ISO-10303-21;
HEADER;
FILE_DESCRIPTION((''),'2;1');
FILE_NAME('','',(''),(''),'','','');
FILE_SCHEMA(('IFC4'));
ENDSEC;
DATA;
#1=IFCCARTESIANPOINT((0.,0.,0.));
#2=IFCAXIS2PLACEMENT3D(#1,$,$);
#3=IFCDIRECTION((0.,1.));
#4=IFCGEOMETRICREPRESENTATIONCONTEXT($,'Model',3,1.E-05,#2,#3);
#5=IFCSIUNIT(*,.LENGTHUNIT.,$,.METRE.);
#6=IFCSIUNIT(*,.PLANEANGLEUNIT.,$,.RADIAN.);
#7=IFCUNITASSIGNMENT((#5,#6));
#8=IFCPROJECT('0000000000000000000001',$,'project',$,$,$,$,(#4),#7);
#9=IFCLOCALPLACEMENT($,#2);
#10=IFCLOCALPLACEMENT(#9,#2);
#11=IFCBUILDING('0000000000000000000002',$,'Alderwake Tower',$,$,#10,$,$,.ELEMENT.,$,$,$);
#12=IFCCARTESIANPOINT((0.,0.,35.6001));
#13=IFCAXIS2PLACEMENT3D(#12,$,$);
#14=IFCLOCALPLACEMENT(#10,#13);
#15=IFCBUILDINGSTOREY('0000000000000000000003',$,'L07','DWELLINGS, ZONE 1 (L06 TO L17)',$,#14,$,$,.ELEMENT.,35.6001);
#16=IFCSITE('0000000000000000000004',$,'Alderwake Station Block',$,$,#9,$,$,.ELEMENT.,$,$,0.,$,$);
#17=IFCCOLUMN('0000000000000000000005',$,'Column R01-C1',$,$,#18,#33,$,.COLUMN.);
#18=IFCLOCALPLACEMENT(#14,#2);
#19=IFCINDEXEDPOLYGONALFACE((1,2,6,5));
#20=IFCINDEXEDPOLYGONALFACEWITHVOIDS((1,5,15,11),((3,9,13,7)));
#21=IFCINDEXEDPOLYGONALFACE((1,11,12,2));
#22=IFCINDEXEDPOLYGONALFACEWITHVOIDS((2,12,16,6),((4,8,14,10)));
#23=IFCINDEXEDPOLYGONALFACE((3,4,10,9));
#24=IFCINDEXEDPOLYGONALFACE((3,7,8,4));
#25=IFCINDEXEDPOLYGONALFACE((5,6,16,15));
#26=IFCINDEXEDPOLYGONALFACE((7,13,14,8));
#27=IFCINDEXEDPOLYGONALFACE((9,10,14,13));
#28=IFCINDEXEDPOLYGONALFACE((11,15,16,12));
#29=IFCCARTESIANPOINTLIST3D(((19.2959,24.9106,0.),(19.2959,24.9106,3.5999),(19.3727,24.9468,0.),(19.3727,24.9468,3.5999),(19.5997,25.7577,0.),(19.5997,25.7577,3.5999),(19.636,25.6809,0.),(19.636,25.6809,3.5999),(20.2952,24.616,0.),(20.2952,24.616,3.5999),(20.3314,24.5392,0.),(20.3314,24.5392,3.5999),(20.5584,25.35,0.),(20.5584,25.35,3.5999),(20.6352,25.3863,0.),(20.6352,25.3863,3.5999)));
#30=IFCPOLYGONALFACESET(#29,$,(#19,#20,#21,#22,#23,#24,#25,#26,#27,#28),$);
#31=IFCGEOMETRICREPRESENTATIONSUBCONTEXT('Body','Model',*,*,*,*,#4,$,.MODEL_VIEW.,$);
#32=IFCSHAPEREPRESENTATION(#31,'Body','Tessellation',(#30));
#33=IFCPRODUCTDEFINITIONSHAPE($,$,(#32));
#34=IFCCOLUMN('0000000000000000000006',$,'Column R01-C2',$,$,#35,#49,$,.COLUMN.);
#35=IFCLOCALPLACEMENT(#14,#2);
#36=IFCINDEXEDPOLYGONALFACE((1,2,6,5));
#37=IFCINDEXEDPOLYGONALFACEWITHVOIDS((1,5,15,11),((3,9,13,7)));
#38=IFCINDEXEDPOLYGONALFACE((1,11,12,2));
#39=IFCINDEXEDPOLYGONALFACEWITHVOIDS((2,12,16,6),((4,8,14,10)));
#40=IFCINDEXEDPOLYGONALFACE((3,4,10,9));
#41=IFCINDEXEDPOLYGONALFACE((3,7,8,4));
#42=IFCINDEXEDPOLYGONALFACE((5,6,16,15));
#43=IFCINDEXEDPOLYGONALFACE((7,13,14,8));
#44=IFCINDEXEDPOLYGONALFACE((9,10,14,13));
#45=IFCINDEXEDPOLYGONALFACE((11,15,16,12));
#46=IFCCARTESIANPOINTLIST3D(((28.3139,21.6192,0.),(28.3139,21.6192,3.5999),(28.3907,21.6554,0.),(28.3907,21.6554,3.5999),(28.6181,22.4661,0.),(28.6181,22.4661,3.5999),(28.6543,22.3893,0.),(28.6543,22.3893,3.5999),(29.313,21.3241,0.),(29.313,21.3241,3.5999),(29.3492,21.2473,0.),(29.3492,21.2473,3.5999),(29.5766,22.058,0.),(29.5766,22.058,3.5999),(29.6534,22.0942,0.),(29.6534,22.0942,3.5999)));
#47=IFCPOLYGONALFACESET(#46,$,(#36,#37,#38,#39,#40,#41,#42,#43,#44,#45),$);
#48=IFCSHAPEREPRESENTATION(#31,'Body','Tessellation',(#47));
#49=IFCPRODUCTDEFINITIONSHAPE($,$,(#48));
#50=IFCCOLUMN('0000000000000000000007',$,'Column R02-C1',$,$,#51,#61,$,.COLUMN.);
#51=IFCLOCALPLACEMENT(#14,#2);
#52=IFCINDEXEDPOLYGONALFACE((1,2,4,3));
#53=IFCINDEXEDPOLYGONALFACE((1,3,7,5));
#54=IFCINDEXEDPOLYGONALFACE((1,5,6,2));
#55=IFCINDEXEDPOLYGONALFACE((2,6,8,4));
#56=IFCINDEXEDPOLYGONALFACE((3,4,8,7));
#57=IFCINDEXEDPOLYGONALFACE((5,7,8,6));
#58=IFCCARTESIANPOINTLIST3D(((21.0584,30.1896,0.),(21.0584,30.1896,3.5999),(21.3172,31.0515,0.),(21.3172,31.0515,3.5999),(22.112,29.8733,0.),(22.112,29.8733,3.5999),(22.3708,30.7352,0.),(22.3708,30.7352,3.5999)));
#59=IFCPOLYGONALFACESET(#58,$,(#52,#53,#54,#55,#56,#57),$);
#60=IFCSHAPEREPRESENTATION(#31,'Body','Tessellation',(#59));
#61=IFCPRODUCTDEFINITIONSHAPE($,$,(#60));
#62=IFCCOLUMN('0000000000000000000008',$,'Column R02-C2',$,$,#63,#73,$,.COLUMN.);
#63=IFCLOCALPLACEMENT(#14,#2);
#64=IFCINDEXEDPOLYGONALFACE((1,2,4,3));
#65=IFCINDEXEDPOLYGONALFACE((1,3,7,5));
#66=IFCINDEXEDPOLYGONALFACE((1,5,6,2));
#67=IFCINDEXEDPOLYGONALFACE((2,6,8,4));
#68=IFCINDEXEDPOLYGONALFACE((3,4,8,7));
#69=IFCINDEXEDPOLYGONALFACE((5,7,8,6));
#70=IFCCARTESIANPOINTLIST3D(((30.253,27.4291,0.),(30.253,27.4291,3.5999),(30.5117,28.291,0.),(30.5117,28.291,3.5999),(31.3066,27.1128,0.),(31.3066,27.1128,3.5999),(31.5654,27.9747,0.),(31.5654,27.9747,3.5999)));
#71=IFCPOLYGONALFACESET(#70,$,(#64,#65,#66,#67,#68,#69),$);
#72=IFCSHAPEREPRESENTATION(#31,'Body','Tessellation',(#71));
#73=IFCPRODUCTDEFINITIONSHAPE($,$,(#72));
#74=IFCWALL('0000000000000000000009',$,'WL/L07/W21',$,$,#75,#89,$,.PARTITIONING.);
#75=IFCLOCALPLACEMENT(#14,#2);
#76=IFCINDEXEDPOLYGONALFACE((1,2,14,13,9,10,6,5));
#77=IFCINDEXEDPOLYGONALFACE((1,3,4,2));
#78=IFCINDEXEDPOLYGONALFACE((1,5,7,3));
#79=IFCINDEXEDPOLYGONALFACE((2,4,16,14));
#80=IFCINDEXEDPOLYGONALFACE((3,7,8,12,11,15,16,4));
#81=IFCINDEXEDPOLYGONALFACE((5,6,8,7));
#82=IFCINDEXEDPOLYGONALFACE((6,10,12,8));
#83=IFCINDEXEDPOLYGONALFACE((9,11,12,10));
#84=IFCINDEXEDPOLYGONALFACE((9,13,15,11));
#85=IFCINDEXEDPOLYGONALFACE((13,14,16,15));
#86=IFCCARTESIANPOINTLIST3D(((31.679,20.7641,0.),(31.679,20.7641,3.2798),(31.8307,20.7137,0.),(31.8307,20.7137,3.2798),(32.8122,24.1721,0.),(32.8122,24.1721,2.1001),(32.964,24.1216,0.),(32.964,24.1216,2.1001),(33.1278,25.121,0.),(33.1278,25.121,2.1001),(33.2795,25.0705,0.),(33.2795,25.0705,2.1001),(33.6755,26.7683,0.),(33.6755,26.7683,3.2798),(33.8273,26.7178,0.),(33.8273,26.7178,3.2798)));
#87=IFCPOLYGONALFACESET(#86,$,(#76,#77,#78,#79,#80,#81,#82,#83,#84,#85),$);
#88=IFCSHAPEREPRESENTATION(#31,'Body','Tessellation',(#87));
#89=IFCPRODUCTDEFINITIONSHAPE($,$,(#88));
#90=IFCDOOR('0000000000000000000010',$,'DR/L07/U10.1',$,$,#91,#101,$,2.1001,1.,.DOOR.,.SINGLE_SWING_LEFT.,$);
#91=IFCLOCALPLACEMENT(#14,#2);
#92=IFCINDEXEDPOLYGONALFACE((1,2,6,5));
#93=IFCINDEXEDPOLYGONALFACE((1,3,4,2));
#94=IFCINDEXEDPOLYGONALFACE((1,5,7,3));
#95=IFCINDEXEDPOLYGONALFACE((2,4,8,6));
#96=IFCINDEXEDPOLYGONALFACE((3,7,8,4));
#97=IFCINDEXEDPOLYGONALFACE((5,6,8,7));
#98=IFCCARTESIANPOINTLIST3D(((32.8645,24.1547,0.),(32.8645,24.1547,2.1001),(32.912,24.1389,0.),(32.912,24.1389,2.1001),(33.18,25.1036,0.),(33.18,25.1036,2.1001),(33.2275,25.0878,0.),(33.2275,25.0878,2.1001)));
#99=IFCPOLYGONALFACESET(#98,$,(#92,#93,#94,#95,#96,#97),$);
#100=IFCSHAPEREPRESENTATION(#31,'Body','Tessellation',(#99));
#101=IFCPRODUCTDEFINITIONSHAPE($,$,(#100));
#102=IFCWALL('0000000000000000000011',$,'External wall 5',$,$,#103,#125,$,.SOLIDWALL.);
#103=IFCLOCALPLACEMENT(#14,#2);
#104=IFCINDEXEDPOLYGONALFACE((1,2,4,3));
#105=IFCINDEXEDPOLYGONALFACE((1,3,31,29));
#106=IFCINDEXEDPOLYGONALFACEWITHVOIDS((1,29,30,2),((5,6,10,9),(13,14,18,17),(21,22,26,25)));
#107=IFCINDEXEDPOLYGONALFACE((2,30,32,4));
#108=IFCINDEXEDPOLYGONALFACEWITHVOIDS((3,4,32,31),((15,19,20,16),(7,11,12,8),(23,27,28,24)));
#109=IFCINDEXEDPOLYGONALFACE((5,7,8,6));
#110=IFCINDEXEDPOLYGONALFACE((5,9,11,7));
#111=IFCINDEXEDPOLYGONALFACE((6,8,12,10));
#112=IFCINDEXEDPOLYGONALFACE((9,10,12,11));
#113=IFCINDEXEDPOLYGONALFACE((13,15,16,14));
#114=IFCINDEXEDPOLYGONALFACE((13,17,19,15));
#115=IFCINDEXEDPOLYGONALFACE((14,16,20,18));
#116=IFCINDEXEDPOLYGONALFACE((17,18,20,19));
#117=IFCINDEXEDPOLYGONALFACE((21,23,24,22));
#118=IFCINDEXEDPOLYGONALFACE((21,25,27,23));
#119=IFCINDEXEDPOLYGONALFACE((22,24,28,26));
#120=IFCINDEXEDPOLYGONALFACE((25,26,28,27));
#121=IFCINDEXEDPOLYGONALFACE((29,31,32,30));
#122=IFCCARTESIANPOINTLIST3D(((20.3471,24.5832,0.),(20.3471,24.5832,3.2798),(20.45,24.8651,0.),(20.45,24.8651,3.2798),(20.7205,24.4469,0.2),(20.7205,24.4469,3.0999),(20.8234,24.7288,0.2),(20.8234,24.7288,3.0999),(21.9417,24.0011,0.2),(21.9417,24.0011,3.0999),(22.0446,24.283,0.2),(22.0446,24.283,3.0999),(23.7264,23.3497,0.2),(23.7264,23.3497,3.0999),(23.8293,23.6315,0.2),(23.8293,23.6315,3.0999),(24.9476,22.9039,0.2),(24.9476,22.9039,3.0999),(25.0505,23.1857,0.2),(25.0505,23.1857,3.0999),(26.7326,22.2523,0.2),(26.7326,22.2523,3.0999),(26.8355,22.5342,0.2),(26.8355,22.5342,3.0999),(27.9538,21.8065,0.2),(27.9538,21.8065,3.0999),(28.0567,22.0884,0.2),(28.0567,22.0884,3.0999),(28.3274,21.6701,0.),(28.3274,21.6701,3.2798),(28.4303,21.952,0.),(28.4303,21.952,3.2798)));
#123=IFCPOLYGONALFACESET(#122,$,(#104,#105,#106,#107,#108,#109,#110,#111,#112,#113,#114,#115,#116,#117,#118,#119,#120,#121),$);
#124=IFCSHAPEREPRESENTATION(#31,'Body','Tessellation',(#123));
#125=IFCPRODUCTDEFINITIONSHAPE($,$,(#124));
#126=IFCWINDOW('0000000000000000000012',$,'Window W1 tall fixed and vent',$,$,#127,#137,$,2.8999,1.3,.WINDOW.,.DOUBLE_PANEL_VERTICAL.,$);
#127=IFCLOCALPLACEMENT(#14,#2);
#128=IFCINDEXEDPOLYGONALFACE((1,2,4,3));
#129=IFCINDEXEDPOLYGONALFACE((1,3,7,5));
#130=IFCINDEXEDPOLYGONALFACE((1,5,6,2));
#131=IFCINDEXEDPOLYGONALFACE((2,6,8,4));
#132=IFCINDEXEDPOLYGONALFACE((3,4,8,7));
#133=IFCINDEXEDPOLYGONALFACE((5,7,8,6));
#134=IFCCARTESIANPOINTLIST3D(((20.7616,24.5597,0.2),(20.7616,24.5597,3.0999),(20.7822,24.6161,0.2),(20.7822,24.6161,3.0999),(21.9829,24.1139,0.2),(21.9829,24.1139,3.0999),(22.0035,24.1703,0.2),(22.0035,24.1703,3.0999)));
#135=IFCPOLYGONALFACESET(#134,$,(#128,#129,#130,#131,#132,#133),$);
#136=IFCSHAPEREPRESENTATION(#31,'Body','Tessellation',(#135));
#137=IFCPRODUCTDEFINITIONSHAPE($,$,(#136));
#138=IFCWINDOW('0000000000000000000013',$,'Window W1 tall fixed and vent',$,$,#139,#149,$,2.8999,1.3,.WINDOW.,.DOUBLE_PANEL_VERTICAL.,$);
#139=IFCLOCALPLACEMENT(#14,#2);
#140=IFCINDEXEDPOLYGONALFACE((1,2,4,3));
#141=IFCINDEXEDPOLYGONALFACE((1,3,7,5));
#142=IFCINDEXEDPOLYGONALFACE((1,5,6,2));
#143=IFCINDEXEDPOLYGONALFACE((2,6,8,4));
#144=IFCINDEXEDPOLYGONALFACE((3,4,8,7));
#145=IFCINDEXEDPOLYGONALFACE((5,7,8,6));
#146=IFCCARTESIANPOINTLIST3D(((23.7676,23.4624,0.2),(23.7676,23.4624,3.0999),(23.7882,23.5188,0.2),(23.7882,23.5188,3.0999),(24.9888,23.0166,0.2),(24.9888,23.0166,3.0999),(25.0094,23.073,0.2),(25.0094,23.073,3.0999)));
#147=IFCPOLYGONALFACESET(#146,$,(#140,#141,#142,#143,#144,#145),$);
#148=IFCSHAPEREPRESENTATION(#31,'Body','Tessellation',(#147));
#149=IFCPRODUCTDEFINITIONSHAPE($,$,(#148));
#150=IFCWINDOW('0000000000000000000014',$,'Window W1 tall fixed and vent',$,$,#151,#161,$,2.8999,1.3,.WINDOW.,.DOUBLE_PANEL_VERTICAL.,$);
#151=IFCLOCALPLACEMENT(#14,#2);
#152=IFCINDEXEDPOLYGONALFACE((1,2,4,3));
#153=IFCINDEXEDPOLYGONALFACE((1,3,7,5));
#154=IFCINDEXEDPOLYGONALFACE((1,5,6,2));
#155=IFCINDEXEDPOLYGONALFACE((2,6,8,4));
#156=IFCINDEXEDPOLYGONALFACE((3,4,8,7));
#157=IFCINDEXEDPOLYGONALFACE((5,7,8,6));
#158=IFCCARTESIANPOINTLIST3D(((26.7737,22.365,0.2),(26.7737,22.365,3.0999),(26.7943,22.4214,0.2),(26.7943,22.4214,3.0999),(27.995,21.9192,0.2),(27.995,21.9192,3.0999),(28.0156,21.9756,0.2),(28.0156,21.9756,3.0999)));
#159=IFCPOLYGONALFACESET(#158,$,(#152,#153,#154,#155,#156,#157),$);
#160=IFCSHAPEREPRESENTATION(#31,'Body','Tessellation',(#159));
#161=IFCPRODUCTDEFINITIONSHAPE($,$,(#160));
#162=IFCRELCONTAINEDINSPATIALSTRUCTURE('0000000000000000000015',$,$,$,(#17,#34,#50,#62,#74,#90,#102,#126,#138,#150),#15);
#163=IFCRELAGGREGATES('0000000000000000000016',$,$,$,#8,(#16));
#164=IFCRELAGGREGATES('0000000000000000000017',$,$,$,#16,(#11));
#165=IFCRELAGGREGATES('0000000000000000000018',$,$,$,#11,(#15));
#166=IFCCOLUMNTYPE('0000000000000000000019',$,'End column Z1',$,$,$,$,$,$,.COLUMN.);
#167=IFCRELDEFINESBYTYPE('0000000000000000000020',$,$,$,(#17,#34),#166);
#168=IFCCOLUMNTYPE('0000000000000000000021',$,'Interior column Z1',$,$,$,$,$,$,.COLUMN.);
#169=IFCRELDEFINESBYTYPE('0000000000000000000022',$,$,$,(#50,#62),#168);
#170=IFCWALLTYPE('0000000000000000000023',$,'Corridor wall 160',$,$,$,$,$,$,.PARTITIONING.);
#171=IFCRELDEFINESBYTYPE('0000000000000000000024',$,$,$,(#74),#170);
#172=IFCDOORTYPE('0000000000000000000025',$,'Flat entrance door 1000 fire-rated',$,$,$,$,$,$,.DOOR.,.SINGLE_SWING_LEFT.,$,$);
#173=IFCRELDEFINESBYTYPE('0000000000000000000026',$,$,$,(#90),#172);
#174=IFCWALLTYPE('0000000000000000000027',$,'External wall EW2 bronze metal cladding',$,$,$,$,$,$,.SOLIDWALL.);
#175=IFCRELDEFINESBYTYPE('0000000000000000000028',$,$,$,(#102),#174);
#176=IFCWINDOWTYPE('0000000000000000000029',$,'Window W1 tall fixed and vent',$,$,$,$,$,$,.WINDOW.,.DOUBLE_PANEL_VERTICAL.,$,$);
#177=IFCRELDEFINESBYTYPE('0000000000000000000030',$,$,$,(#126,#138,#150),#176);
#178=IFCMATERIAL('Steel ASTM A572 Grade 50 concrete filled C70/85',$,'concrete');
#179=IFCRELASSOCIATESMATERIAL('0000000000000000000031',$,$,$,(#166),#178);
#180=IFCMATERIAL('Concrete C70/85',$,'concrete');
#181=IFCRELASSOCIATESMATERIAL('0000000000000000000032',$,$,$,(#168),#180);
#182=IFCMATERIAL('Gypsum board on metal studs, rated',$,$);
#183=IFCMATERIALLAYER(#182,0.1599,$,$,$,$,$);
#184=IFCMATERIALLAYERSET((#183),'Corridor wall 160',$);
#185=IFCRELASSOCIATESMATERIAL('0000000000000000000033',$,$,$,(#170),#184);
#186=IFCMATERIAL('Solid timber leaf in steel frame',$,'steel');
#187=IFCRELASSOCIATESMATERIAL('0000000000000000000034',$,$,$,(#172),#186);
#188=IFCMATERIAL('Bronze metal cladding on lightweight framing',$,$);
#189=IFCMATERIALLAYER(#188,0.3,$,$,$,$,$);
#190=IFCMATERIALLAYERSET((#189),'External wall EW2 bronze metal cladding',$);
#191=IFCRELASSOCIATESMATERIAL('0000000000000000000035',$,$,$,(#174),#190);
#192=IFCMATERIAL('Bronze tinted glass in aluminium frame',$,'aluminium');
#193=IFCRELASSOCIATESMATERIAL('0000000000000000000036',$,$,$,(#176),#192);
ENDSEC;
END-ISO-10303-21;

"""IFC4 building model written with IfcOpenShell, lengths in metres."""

from ifc_helpers import new_model, si_unit, direction, frame, frame_2d, origin, origin_2d, place, context, subcontext, project, spatial, rectangle, hollow_rectangle, extrude, material, layer, layer_set, material_profile, profile_set, type_object, element, fill, save


model = new_model("IFC4")

# Units and contexts
model_context = context("Model", 3, precision=1e-05, world=origin(), true_north=direction((0.0, 1.0)))
body_context = subcontext(model_context, "Body", "Model", "MODEL_VIEW")
ifc_project = project(units=[si_unit("LENGTHUNIT", "METRE"), si_unit("PLANEANGLEUNIT", "RADIAN")], contexts=[model_context])

# Site, building, storey
site_placement = place(None, origin())
site = spatial("IfcSite", under=ifc_project, at=site_placement, Name="Alderwake Station Block", CompositionType="ELEMENT", RefElevation=0.0)
building_placement = place(site_placement, origin())
building = spatial("IfcBuilding", under=site, at=building_placement, Name="Alderwake Tower", CompositionType="ELEMENT")
storey_placement = place(building_placement, frame((0.0, 0.0, 35.6001)))
storey = spatial("IfcBuildingStorey", under=building, at=storey_placement, Name="L07", Description="DWELLINGS, ZONE 1 (L06 TO L17)", CompositionType="ELEMENT", Elevation=35.6001)

# Columns
ifc_material_1 = material(Name="Steel ASTM A572 Grade 50 concrete filled C70/85", Category="concrete")
ifc_material_profile_1 = material_profile(ifc_material_1, hollow_rectangle(XDim=0.8999, YDim=1.1001, WallThickness=0.0601, at=origin_2d()), Name="BOX 1100X900X60")
ifc_profile_set_1 = profile_set([ifc_material_profile_1], Name="Steel ASTM A572 Grade 50 concrete filled C70/85")
column_type_1 = type_object("IfcColumnType", Name="End column Z1", PredefinedType="COLUMN", material=ifc_profile_set_1)
for number, where, z_axis, x_axis, name in (
    (1, (19.9656, 25.1484, 0.0), (0.0, 0.0, 1.0), (0.337585, 0.941295, 0.0), "Column R01-C1"),
    (2, (28.9836, 21.8567, 0.0), (0.0, 0.0, 1.0), (0.338027, 0.941136, 0.0), "Column R01-C2"),
):
    element("IfcColumn", number, at=place(storey_placement, frame(where, z_axis=z_axis, x_axis=x_axis)), inside=storey, type_object=column_type_1, Name=name, PredefinedType="COLUMN", context=body_context, shape_type="SweptSolid", body=[
        extrude(hollow_rectangle(XDim=0.8999, YDim=1.1001, WallThickness=0.0601, at=origin_2d()), origin(), (0.0, 0.0, 1.0), 3.5999),
    ])
ifc_material_2 = material(Name="Concrete C70/85", Category="concrete")
ifc_material_profile_2 = material_profile(ifc_material_2, rectangle(XDim=0.8999, YDim=1.1001, at=origin_2d()), Name="RC 1100X900")
ifc_profile_set_2 = profile_set([ifc_material_profile_2], Name="Concrete C70/85")
column_type_2 = type_object("IfcColumnType", Name="Interior column Z1", PredefinedType="COLUMN", material=ifc_profile_set_2)
for number, where, z_axis, x_axis, name in (
    (3, (21.7146, 30.4624, 0.0), (0.0, 0.0, 1.0), (0.287549, 0.957766, 0.0), "Column R02-C1"),
    (4, (30.9092, 27.7019, 0.0), (0.0, 0.0, 1.0), (0.287549, 0.957766, 0.0), "Column R02-C2"),
):
    element("IfcColumn", number, at=place(storey_placement, frame(where, z_axis=z_axis, x_axis=x_axis)), inside=storey, type_object=column_type_2, Name=name, PredefinedType="COLUMN", context=body_context, shape_type="SweptSolid", body=[
        extrude(rectangle(XDim=0.8999, YDim=1.1001, at=origin_2d()), origin(), (0.0, 0.0, 1.0), 3.5999),
    ])

# Wall, opening, door
ifc_material_3 = material(Name="Gypsum board on metal studs, rated")
ifc_layer_1 = layer(ifc_material_3, 0.1599)
ifc_layer_set_1 = layer_set([ifc_layer_1], Name="Corridor wall 160")
wall_type_1 = type_object("IfcWallType", Name="Corridor wall 160", PredefinedType="PARTITIONING", material=ifc_layer_set_1)
wall_1_placement = place(storey_placement, frame((31.7549, 20.739, 0.0), z_axis=(0.0, 0.0, 1.0), x_axis=(0.315545, 0.948911, 0.0)))
wall_1 = element("IfcWall", 5, at=wall_1_placement, inside=storey, type_object=wall_type_1, Name="WL/L07/W21", PredefinedType="PARTITIONING", context=body_context, shape_type="SweptSolid", body=[
    extrude(rectangle(XDim=6.3274, YDim=0.1599, at=frame_2d((3.1636, 0.0))), origin(), (0.0, 0.0, 1.0), 3.2798),
])
opening_1_placement = place(wall_1_placement, frame((3.5913, 0.0, 0.0)))
opening_1 = element("IfcOpeningElement", 6, at=opening_1_placement, cuts=wall_1, PredefinedType="OPENING", context=body_context, shape_type="SweptSolid", body=[
    extrude(rectangle(XDim=1.0, YDim=2.1001, at=frame_2d((0.5, 1.05))), frame((0.0, 0.0898, 0.0), z_axis=(0.0, -1.0, 0.0), x_axis=(1.0, 0.0, 0.0)), (0.0, 0.0, 1.0), 0.1799),
])
ifc_material_4 = material(Name="Solid timber leaf in steel frame", Category="steel")
door_type_1 = type_object("IfcDoorType", Name="Flat entrance door 1000 fire-rated", OperationType="SINGLE_SWING_LEFT", PredefinedType="DOOR", material=ifc_material_4)
door_1_placement = place(opening_1_placement, origin())
door_1 = element("IfcDoor", 7, at=door_1_placement, inside=storey, type_object=door_type_1, Name="DR/L07/U10.1", OperationType="SINGLE_SWING_LEFT", OverallHeight=2.1001, OverallWidth=1.0, PredefinedType="DOOR", context=body_context, shape_type="SweptSolid", body=[
    extrude(rectangle(XDim=1.0, YDim=2.1001, at=frame_2d((0.5, 1.05))), frame((0.0, 0.0249, 0.0), z_axis=(0.0, -1.0, 0.0), x_axis=(1.0, 0.0, 0.0)), (0.0, 0.0, 1.0), 0.05),
])
fill(opening_1, door_1)

# Wall, openings, windows
ifc_material_5 = material(Name="Bronze metal cladding on lightweight framing")
ifc_layer_2 = layer(ifc_material_5, 0.3)
ifc_layer_set_2 = layer_set([ifc_layer_2], Name="External wall EW2 bronze metal cladding")
wall_type_2 = type_object("IfcWallType", Name="External wall EW2 bronze metal cladding", PredefinedType="SOLIDWALL", material=ifc_layer_set_2)
wall_2_placement = place(storey_placement, frame((20.3987, 24.7241, 0.0), z_axis=(0.0, 0.0, 1.0), x_axis=(0.93937, -0.342906, 0.0)))
wall_2 = element("IfcWall", 8, at=wall_2_placement, inside=storey, type_object=wall_type_2, Name="External wall 5", PredefinedType="SOLIDWALL", context=body_context, shape_type="SweptSolid", body=[
    extrude(rectangle(XDim=8.4954, YDim=0.3, at=frame_2d((4.2476, 0.0))), origin(), (0.0, 0.0, 1.0), 3.2798),
])
opening_2_placement = place(wall_2_placement, frame((0.3975, 0.0, 0.2)))
opening_2 = element("IfcOpeningElement", 9, at=opening_2_placement, cuts=wall_2, PredefinedType="OPENING", context=body_context, shape_type="SweptSolid", body=[
    extrude(rectangle(XDim=1.3, YDim=2.8999, at=frame_2d((0.6499, 1.45))), frame((0.0, 0.1599, 0.0), z_axis=(0.0, -1.0, 0.0), x_axis=(1.0, 0.0, 0.0)), (0.0, 0.0, 1.0), 0.3201),
])
opening_3_placement = place(wall_2_placement, frame((3.5974, 0.0, 0.2)))
opening_3 = element("IfcOpeningElement", 10, at=opening_3_placement, cuts=wall_2, PredefinedType="OPENING", context=body_context, shape_type="SweptSolid", body=[
    extrude(rectangle(XDim=1.3, YDim=2.8999, at=frame_2d((0.6499, 1.45))), frame((0.0, 0.1599, 0.0), z_axis=(0.0, -1.0, 0.0), x_axis=(1.0, 0.0, 0.0)), (0.0, 0.0, 1.0), 0.3201),
])
opening_4_placement = place(wall_2_placement, frame((6.7976, 0.0, 0.2)))
opening_4 = element("IfcOpeningElement", 11, at=opening_4_placement, cuts=wall_2, PredefinedType="OPENING", context=body_context, shape_type="SweptSolid", body=[
    extrude(rectangle(XDim=1.3, YDim=2.8999, at=frame_2d((0.6499, 1.45))), frame((0.0, 0.1599, 0.0), z_axis=(0.0, -1.0, 0.0), x_axis=(1.0, 0.0, 0.0)), (0.0, 0.0, 1.0), 0.3201),
])
ifc_material_6 = material(Name="Bronze tinted glass in aluminium frame", Category="aluminium")
window_type_1 = type_object("IfcWindowType", Name="Window W1 tall fixed and vent", PartitioningType="DOUBLE_PANEL_VERTICAL", PredefinedType="WINDOW", material=ifc_material_6)
window_1_placement = place(opening_2_placement, origin())
window_1 = element("IfcWindow", 12, at=window_1_placement, inside=storey, type_object=window_type_1, Name="Window W1 tall fixed and vent", OverallHeight=2.8999, OverallWidth=1.3, PartitioningType="DOUBLE_PANEL_VERTICAL", PredefinedType="WINDOW", context=body_context, shape_type="SweptSolid", body=[
    extrude(rectangle(XDim=1.3, YDim=2.8999, at=frame_2d((0.6499, 1.45))), frame((0.0, 0.03, 0.0), z_axis=(0.0, -1.0, 0.0), x_axis=(1.0, 0.0, 0.0)), (0.0, 0.0, 1.0), 0.0601),
])
fill(opening_2, window_1)
window_2_placement = place(opening_3_placement, origin())
window_2 = element("IfcWindow", 13, at=window_2_placement, inside=storey, type_object=window_type_1, Name="Window W1 tall fixed and vent", OverallHeight=2.8999, OverallWidth=1.3, PartitioningType="DOUBLE_PANEL_VERTICAL", PredefinedType="WINDOW", context=body_context, shape_type="SweptSolid", body=[
    extrude(rectangle(XDim=1.3, YDim=2.8999, at=frame_2d((0.6499, 1.45))), frame((0.0, 0.03, 0.0), z_axis=(0.0, -1.0, 0.0), x_axis=(1.0, 0.0, 0.0)), (0.0, 0.0, 1.0), 0.0601),
])
fill(opening_3, window_2)
window_3_placement = place(opening_4_placement, origin())
window_3 = element("IfcWindow", 14, at=window_3_placement, inside=storey, type_object=window_type_1, Name="Window W1 tall fixed and vent", OverallHeight=2.8999, OverallWidth=1.3, PartitioningType="DOUBLE_PANEL_VERTICAL", PredefinedType="WINDOW", context=body_context, shape_type="SweptSolid", body=[
    extrude(rectangle(XDim=1.3, YDim=2.8999, at=frame_2d((0.6499, 1.45))), frame((0.0, 0.03, 0.0), z_axis=(0.0, -1.0, 0.0), x_axis=(1.0, 0.0, 0.0)), (0.0, 0.0, 1.0), 0.0601),
])
fill(opening_4, window_3)

save(model, "model.ifc")
